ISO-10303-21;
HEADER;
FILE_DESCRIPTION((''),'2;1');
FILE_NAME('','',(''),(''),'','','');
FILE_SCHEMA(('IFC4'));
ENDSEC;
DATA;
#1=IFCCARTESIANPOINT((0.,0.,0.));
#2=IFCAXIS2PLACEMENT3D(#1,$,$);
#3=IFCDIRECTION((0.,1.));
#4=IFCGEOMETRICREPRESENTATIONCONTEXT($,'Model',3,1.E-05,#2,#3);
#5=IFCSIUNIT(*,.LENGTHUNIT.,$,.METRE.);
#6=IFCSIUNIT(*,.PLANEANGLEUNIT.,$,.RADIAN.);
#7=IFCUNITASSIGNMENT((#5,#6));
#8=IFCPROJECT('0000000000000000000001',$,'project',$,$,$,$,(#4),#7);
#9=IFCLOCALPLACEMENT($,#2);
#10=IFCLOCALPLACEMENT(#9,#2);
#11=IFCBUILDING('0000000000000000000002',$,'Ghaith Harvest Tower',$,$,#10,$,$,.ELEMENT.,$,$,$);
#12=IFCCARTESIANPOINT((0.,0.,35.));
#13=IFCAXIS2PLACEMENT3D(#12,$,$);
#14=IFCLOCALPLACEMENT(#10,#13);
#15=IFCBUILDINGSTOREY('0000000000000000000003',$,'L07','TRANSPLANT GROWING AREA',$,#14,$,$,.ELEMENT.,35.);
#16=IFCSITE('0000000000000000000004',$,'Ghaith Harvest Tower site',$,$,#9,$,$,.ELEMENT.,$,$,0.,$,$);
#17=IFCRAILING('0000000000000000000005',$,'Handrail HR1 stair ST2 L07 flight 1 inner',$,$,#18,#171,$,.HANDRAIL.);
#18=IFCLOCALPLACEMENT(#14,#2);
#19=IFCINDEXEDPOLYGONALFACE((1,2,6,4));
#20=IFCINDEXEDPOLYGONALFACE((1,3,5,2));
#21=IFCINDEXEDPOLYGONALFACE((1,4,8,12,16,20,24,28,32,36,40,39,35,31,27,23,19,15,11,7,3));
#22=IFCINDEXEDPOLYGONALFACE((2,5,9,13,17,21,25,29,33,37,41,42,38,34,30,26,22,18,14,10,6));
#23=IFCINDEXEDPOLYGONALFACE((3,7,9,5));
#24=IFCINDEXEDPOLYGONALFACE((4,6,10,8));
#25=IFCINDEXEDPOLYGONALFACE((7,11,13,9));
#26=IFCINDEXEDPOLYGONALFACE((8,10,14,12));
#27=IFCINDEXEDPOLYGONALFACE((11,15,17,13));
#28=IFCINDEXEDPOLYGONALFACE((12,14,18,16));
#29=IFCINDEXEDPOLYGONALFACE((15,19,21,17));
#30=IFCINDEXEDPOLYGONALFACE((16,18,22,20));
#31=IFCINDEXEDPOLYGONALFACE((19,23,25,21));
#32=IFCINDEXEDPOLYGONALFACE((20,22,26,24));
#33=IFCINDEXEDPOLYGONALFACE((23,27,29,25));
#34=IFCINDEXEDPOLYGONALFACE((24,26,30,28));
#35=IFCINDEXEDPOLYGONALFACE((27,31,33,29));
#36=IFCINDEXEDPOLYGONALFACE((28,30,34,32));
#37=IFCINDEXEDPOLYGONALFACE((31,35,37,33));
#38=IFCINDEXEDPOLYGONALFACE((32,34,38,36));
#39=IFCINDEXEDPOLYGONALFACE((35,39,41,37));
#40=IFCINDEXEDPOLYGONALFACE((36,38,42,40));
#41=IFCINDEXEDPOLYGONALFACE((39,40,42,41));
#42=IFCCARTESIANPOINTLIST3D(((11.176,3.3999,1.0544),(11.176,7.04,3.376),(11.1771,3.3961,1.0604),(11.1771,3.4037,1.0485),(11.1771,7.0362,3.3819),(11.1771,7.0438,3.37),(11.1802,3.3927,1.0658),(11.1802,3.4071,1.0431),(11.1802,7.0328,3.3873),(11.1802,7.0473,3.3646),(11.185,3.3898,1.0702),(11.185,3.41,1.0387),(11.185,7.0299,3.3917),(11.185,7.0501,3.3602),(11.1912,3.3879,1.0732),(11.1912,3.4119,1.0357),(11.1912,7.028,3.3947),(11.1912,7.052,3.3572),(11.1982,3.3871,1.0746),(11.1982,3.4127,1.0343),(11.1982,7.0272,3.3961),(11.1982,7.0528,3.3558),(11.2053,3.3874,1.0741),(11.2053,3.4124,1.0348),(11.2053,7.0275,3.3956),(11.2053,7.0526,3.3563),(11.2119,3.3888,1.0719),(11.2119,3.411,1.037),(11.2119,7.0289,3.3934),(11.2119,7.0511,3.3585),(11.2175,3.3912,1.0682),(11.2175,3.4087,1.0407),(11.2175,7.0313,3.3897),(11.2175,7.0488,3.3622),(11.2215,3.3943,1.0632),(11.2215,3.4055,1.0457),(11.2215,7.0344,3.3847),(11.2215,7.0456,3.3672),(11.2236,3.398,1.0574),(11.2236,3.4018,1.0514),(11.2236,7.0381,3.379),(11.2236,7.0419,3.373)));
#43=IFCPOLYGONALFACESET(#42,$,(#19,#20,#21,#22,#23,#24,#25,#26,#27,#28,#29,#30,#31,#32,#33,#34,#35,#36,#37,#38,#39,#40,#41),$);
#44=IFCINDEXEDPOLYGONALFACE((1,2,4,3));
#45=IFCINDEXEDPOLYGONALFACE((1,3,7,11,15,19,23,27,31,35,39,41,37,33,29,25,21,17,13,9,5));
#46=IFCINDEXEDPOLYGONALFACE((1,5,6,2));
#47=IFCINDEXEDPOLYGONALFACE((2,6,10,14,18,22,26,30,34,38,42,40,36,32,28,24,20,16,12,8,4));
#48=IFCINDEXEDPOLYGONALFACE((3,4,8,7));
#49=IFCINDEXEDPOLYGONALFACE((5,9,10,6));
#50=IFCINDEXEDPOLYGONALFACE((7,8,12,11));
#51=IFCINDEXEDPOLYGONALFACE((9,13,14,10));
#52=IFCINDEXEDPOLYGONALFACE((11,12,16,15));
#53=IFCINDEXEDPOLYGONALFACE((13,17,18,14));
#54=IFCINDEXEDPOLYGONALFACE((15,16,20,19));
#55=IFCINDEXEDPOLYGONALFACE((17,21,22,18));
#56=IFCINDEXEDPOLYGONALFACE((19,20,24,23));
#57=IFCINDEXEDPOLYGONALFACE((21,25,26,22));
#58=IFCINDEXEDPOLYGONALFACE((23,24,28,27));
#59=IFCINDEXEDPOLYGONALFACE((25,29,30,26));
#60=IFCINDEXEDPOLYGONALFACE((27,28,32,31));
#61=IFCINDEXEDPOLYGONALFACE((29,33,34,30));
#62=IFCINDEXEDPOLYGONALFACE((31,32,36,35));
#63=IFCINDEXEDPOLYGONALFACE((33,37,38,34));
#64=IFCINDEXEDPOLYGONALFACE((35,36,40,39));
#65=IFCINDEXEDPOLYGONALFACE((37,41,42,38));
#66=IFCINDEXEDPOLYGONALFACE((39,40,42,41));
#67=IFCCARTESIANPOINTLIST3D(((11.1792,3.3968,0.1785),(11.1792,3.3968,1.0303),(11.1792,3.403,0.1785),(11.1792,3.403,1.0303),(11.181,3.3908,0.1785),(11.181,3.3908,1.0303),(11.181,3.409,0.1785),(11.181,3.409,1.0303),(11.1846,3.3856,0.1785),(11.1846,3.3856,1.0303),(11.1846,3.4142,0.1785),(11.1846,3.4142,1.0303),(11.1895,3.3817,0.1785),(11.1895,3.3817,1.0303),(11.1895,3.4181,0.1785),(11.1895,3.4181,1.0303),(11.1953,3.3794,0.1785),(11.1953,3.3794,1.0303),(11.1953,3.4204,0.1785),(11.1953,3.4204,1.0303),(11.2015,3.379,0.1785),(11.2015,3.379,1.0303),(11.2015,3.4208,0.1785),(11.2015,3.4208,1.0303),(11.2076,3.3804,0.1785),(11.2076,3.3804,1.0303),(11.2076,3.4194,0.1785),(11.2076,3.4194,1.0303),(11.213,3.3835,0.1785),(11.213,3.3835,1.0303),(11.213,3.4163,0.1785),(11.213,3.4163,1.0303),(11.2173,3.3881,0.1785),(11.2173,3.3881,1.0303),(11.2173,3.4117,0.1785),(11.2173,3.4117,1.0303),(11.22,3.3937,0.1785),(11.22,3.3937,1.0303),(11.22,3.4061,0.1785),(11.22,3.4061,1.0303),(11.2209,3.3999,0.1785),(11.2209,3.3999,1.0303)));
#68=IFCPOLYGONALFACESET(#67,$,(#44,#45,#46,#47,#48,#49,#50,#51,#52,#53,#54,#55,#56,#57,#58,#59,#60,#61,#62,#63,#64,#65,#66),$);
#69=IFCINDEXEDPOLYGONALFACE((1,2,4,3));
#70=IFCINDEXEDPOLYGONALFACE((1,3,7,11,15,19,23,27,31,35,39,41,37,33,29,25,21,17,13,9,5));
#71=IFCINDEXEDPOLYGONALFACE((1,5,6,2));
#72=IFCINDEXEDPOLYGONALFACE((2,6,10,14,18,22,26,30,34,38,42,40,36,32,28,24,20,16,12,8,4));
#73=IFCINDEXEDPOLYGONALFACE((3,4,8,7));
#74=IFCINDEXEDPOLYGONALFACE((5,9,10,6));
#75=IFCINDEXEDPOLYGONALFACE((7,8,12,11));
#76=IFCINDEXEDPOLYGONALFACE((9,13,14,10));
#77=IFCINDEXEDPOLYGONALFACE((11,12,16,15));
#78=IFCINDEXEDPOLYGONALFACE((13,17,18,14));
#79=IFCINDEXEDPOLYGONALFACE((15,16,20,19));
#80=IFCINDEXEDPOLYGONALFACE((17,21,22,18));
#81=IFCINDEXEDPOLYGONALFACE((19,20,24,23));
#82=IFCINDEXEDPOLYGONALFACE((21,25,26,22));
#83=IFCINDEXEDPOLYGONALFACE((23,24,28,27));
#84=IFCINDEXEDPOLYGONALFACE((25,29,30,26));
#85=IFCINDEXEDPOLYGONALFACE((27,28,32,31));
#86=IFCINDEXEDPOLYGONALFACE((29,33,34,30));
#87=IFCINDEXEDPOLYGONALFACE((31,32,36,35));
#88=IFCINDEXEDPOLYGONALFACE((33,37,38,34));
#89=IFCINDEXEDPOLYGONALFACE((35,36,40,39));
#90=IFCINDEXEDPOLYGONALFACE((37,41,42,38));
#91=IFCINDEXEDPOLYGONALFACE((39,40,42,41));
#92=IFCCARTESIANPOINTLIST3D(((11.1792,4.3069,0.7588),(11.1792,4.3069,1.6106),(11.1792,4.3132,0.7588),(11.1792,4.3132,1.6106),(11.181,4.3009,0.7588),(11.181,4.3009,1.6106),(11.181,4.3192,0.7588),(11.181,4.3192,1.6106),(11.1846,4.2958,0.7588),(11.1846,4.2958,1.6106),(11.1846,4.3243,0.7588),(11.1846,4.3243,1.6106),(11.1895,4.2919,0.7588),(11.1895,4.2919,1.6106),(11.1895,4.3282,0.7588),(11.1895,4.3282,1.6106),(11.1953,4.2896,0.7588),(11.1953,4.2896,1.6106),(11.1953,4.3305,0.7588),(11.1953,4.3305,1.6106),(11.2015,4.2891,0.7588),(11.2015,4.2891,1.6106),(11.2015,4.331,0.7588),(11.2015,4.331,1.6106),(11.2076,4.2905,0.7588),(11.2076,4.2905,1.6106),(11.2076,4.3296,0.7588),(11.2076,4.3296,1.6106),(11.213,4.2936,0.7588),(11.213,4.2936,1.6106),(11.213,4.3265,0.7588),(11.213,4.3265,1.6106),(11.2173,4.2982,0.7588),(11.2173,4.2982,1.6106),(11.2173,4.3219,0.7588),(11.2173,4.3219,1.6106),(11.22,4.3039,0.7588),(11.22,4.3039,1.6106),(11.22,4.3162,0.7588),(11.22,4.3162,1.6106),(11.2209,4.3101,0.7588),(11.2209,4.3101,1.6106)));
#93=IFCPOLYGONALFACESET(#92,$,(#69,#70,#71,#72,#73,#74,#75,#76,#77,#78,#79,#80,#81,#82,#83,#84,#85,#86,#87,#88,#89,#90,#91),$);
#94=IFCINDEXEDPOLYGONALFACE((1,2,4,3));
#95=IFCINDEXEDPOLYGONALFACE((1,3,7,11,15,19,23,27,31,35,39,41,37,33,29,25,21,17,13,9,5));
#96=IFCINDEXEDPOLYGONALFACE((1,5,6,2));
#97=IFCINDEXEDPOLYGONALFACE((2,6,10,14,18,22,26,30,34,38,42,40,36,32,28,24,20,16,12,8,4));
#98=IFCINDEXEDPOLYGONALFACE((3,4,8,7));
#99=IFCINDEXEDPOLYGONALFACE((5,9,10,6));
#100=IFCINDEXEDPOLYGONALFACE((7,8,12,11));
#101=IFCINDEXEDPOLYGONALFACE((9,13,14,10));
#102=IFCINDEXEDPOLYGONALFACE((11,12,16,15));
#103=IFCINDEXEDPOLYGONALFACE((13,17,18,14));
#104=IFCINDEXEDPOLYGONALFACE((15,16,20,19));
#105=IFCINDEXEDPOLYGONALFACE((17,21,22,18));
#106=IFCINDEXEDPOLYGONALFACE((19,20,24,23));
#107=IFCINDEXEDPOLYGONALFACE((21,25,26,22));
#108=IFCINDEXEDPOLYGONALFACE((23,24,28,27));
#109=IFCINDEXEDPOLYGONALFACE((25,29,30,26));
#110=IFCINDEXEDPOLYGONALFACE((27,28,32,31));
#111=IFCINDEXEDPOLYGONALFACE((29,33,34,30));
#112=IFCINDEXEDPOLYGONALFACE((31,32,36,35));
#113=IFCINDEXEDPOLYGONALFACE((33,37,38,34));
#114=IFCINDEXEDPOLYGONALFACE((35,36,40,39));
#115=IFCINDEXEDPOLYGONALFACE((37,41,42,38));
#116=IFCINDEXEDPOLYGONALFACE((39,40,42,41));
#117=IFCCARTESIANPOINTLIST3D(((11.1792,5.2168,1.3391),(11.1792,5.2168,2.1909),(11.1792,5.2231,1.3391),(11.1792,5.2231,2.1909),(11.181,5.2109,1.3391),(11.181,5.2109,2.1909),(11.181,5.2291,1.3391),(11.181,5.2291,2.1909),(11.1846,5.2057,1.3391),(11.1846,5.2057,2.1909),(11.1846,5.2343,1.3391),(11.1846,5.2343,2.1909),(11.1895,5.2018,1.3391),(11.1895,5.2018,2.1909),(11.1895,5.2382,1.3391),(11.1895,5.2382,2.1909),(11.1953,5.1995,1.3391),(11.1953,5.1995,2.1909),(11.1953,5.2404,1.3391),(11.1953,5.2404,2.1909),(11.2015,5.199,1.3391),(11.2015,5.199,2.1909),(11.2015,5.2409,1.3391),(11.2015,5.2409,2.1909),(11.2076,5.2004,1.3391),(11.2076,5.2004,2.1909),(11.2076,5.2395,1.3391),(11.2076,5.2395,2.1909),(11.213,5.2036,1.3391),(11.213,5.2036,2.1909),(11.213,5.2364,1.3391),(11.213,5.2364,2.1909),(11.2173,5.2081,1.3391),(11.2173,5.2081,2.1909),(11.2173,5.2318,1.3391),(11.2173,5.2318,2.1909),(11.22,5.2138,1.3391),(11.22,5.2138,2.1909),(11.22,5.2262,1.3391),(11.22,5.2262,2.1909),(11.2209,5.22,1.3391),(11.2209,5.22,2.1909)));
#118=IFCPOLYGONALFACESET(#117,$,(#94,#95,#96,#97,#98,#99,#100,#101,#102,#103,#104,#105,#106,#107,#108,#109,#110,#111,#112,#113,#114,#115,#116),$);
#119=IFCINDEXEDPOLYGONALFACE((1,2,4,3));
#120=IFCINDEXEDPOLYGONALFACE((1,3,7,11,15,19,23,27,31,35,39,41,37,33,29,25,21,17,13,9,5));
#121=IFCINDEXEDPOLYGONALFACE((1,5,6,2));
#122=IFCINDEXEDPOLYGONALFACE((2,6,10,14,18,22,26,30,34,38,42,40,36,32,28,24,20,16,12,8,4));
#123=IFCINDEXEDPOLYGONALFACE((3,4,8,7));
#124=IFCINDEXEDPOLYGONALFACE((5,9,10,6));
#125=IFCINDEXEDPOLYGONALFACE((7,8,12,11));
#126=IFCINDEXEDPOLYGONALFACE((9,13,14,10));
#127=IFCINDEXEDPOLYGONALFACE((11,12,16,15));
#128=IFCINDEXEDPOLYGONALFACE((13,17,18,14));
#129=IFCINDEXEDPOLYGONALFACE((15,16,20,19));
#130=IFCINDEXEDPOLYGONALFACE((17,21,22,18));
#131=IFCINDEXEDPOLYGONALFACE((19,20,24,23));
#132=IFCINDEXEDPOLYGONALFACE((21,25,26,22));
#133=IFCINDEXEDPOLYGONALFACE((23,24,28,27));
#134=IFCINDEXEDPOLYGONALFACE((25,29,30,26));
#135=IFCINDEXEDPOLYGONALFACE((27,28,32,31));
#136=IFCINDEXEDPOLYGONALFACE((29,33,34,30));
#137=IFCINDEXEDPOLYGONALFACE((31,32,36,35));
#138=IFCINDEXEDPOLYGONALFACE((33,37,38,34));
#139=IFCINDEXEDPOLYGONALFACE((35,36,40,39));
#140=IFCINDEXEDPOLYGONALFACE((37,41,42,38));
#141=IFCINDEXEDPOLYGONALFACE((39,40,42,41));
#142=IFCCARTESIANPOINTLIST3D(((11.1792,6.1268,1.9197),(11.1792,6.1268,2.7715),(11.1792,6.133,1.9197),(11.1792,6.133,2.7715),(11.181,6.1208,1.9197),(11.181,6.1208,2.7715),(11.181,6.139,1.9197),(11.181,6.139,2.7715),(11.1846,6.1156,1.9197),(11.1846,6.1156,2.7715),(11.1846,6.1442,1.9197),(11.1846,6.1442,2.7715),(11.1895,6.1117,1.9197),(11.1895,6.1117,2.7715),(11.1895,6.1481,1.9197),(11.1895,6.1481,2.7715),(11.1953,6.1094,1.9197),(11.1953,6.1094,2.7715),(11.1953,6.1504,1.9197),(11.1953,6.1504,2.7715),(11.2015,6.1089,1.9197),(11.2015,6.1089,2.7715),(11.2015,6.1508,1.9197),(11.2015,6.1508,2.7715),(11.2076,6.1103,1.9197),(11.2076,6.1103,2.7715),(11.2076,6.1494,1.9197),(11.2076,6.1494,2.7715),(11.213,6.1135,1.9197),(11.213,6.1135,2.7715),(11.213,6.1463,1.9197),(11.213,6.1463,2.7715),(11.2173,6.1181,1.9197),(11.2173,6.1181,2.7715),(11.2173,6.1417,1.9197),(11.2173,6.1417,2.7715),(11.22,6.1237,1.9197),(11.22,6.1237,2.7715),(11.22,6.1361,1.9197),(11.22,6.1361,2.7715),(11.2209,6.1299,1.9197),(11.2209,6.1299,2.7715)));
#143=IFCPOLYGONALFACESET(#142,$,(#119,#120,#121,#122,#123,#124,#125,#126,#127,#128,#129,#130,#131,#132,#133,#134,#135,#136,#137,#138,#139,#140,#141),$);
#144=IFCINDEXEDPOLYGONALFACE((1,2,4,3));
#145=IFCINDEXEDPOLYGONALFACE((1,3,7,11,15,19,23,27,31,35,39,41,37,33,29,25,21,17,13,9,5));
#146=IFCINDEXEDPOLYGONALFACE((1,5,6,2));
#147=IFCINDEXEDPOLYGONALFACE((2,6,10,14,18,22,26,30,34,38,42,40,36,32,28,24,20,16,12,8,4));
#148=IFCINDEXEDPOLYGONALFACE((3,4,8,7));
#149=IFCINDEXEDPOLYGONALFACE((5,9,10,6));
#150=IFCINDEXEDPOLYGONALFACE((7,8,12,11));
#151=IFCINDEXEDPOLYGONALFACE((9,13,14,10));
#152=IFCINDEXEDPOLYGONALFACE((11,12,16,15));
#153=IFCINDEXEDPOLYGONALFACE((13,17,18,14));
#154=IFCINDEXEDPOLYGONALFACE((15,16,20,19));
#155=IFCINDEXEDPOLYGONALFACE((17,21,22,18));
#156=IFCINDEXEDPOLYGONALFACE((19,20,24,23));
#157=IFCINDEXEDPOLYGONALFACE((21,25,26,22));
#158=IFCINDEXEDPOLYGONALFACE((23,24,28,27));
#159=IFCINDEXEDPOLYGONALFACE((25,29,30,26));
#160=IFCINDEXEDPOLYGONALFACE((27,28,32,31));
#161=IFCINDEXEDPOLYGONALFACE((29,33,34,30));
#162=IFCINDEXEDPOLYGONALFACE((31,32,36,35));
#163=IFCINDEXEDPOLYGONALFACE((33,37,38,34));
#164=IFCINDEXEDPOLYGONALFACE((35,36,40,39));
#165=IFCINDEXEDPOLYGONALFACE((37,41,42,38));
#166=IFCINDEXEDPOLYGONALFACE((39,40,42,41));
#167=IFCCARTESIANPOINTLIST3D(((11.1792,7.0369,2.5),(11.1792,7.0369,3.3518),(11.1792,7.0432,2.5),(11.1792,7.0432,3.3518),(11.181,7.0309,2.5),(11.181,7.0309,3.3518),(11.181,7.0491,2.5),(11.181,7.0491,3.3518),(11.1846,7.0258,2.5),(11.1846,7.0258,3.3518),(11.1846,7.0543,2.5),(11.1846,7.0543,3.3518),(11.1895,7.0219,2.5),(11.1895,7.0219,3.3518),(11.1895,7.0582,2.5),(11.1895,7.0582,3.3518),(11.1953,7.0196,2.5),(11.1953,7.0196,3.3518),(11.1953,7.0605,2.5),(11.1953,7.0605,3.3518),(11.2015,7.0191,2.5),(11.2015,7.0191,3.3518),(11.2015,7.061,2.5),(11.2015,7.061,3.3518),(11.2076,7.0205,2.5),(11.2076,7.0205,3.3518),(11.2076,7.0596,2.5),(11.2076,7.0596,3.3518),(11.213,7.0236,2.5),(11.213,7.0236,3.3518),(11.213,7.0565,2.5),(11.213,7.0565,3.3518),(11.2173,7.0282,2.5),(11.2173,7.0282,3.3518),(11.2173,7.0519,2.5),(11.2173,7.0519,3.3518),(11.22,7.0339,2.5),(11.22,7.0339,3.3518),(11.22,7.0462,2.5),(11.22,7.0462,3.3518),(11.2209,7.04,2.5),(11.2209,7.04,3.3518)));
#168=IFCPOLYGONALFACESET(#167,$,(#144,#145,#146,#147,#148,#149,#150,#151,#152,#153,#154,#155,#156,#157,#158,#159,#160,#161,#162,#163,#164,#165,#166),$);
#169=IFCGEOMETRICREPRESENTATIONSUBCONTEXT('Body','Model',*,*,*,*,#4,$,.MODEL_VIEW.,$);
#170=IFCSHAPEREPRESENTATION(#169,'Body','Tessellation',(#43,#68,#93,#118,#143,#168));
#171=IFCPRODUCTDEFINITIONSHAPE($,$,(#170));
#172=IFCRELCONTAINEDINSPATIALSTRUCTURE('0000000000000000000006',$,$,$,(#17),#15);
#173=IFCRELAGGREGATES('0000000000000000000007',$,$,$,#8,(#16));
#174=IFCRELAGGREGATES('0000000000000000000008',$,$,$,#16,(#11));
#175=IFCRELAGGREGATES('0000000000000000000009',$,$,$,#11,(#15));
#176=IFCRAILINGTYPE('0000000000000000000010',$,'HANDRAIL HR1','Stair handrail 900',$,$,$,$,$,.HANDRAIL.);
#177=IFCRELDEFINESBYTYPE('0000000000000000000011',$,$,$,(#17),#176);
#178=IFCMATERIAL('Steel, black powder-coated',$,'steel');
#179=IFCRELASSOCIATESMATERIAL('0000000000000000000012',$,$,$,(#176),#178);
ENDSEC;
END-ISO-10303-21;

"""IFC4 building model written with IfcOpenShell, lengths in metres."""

from ifc_helpers import new_model, si_unit, direction, frame, origin, origin_2d, place, context, subcontext, project, spatial, circle, extrude, material, type_object, element, save


model = new_model("IFC4")

# Units and contexts
model_context = context("Model", 3, precision=1e-05, world=origin(), true_north=direction((0.0, 1.0)))
body_context = subcontext(model_context, "Body", "Model", "MODEL_VIEW")
ifc_project = project(units=[si_unit("LENGTHUNIT", "METRE"), si_unit("PLANEANGLEUNIT", "RADIAN")], contexts=[model_context])

# Site, building, storey
site_placement = place(None, origin())
site = spatial("IfcSite", under=ifc_project, at=site_placement, Name="Ghaith Harvest Tower site", CompositionType="ELEMENT", RefElevation=0.0)
building_placement = place(site_placement, origin())
building = spatial("IfcBuilding", under=site, at=building_placement, Name="Ghaith Harvest Tower", CompositionType="ELEMENT")
storey_placement = place(building_placement, frame((0.0, 0.0, 35.0)))
storey = spatial("IfcBuildingStorey", under=building, at=storey_placement, Name="L07", Description="TRANSPLANT GROWING AREA", CompositionType="ELEMENT", Elevation=35.0)

# Railing
ifc_material_1 = material(Name="Steel, black powder-coated", Category="steel")
railing_type = type_object("IfcRailingType", Name="HANDRAIL HR1", Description="Stair handrail 900", PredefinedType="HANDRAIL", material=ifc_material_1)
railing_1_placement = place(storey_placement, frame((11.2, 3.3999, 0.1785)))
element("IfcRailing", 1, at=railing_1_placement, inside=storey, type_object=railing_type, Name="Handrail HR1 stair ST2 L07 flight 1 inner", PredefinedType="HANDRAIL", context=body_context, shape_type="SweptSolid", body=[
    extrude(circle(Radius=0.0239, at=origin_2d()), frame((0.0, 0.0, 0.876), z_axis=(0.0, 0.843128, 0.537713), x_axis=(-1.0, 0.0, 0.0)), (0.0, 0.0, 1.0), 4.3174),
    extrude(circle(Radius=0.021, at=origin_2d()), origin(), (0.0, 0.0, 1.0), 0.8518),
    extrude(circle(Radius=0.021, at=origin_2d()), frame((0.0, 0.9102, 0.5803)), (0.0, 0.0, 1.0), 0.8518),
    extrude(circle(Radius=0.021, at=origin_2d()), frame((0.0, 1.8201, 1.1606)), (0.0, 0.0, 1.0), 0.8518),
    extrude(circle(Radius=0.021, at=origin_2d()), frame((0.0, 2.73, 1.7412)), (0.0, 0.0, 1.0), 0.8518),
    extrude(circle(Radius=0.021, at=origin_2d()), frame((0.0, 3.6401, 2.3215)), (0.0, 0.0, 1.0), 0.8518),
])

save(model, "model.ifc")
